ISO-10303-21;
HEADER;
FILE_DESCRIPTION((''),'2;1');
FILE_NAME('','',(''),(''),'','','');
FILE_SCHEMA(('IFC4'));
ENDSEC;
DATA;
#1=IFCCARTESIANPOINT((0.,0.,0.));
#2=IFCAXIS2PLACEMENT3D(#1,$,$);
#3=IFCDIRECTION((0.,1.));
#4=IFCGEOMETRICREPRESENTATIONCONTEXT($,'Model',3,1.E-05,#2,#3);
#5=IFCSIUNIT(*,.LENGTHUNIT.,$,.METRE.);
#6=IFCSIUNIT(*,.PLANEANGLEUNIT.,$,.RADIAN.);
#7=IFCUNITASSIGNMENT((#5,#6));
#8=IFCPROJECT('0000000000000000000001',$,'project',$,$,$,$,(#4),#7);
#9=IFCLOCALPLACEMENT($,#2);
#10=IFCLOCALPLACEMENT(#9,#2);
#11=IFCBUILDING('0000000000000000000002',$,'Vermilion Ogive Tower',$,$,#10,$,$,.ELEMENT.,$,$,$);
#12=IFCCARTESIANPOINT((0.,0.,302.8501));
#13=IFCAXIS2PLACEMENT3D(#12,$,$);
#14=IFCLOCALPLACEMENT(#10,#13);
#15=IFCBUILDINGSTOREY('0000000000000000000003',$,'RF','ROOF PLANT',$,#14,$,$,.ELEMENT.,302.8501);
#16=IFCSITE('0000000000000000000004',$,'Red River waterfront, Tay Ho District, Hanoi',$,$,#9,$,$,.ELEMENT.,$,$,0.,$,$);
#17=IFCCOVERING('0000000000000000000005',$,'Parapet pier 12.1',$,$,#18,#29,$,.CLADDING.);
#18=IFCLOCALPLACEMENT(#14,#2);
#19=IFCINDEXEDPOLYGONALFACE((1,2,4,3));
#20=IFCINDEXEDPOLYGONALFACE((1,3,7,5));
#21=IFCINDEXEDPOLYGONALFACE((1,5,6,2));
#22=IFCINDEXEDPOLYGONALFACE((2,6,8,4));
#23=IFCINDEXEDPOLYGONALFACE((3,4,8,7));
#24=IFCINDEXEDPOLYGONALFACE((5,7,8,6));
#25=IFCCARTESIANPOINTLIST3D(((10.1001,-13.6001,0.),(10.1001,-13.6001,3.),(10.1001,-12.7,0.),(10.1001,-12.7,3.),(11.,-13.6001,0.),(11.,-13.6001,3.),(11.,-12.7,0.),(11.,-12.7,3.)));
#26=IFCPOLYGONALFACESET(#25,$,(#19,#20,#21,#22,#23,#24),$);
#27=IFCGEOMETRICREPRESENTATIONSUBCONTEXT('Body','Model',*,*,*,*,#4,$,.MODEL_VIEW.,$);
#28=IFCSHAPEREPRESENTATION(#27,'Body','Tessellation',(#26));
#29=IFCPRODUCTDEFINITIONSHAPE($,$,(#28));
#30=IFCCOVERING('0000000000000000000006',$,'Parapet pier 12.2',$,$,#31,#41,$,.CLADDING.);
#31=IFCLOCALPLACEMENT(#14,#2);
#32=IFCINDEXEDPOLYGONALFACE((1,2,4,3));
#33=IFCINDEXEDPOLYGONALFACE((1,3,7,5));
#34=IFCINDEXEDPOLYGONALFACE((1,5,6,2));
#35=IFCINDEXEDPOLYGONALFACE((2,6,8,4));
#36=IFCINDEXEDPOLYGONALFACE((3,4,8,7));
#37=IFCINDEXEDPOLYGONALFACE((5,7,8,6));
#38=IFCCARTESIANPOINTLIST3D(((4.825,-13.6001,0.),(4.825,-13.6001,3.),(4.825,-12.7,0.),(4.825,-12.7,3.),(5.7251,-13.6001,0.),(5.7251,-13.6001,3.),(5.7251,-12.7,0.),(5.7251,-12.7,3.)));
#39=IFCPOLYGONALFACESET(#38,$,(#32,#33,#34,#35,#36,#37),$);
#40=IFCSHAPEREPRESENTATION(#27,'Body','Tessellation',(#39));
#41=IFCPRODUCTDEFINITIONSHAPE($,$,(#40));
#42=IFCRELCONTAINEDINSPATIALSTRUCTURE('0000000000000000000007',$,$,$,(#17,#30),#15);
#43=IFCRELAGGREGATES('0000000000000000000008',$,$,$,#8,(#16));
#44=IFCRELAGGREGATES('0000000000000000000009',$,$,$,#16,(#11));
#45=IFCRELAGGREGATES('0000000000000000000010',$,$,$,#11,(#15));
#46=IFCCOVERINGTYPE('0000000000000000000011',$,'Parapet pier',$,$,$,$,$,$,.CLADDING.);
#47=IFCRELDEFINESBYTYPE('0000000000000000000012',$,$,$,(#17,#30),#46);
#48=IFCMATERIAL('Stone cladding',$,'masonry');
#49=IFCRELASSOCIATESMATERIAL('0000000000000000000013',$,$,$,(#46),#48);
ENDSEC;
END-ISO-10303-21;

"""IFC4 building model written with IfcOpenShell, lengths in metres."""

from ifc_helpers import new_model, si_unit, direction, frame, origin, place, context, subcontext, project, spatial, polyline, outline, extrude, material, type_object, element, save


model = new_model("IFC4")

# Units and contexts
model_context = context("Model", 3, precision=1e-05, world=origin(), true_north=direction((0.0, 1.0)))
body_context = subcontext(model_context, "Body", "Model", "MODEL_VIEW")
ifc_project = project(units=[si_unit("LENGTHUNIT", "METRE"), si_unit("PLANEANGLEUNIT", "RADIAN")], contexts=[model_context])

# Site, building, storey
site_placement = place(None, origin())
site = spatial("IfcSite", under=ifc_project, at=site_placement, Name="Red River waterfront, Tay Ho District, Hanoi", CompositionType="ELEMENT", RefElevation=0.0)
building_placement = place(site_placement, origin())
building = spatial("IfcBuilding", under=site, at=building_placement, Name="Vermilion Ogive Tower", CompositionType="ELEMENT")
storey_placement = place(building_placement, frame((0.0, 0.0, 302.8501)))
storey = spatial("IfcBuildingStorey", under=building, at=storey_placement, Name="RF", Description="ROOF PLANT", CompositionType="ELEMENT", Elevation=302.8501)

# Coverings
ifc_material_1 = material(Name="Stone cladding", Category="masonry")
covering_type_1 = type_object("IfcCoveringType", Name="Parapet pier", PredefinedType="CLADDING", material=ifc_material_1)
covering_1_placement = place(storey_placement, origin())
element("IfcCovering", 1, at=covering_1_placement, inside=storey, type_object=covering_type_1, Name="Parapet pier 12.1", PredefinedType="CLADDING", context=body_context, shape_type="SweptSolid", body=[
    extrude(outline(polyline([(10.1001, -13.6001), (11.0, -13.6001), (11.0, -12.7), (10.1001, -12.7), (10.1001, -13.6001)])), origin(), (0.0, 0.0, 1.0), 3.0),
])
covering_2_placement = place(storey_placement, origin())
element("IfcCovering", 2, at=covering_2_placement, inside=storey, type_object=covering_type_1, Name="Parapet pier 12.2", PredefinedType="CLADDING", context=body_context, shape_type="SweptSolid", body=[
    extrude(outline(polyline([(4.825, -13.6001), (5.7251, -13.6001), (5.7251, -12.7), (4.825, -12.7), (4.825, -13.6001)])), origin(), (0.0, 0.0, 1.0), 3.0),
])

save(model, "model.ifc")
